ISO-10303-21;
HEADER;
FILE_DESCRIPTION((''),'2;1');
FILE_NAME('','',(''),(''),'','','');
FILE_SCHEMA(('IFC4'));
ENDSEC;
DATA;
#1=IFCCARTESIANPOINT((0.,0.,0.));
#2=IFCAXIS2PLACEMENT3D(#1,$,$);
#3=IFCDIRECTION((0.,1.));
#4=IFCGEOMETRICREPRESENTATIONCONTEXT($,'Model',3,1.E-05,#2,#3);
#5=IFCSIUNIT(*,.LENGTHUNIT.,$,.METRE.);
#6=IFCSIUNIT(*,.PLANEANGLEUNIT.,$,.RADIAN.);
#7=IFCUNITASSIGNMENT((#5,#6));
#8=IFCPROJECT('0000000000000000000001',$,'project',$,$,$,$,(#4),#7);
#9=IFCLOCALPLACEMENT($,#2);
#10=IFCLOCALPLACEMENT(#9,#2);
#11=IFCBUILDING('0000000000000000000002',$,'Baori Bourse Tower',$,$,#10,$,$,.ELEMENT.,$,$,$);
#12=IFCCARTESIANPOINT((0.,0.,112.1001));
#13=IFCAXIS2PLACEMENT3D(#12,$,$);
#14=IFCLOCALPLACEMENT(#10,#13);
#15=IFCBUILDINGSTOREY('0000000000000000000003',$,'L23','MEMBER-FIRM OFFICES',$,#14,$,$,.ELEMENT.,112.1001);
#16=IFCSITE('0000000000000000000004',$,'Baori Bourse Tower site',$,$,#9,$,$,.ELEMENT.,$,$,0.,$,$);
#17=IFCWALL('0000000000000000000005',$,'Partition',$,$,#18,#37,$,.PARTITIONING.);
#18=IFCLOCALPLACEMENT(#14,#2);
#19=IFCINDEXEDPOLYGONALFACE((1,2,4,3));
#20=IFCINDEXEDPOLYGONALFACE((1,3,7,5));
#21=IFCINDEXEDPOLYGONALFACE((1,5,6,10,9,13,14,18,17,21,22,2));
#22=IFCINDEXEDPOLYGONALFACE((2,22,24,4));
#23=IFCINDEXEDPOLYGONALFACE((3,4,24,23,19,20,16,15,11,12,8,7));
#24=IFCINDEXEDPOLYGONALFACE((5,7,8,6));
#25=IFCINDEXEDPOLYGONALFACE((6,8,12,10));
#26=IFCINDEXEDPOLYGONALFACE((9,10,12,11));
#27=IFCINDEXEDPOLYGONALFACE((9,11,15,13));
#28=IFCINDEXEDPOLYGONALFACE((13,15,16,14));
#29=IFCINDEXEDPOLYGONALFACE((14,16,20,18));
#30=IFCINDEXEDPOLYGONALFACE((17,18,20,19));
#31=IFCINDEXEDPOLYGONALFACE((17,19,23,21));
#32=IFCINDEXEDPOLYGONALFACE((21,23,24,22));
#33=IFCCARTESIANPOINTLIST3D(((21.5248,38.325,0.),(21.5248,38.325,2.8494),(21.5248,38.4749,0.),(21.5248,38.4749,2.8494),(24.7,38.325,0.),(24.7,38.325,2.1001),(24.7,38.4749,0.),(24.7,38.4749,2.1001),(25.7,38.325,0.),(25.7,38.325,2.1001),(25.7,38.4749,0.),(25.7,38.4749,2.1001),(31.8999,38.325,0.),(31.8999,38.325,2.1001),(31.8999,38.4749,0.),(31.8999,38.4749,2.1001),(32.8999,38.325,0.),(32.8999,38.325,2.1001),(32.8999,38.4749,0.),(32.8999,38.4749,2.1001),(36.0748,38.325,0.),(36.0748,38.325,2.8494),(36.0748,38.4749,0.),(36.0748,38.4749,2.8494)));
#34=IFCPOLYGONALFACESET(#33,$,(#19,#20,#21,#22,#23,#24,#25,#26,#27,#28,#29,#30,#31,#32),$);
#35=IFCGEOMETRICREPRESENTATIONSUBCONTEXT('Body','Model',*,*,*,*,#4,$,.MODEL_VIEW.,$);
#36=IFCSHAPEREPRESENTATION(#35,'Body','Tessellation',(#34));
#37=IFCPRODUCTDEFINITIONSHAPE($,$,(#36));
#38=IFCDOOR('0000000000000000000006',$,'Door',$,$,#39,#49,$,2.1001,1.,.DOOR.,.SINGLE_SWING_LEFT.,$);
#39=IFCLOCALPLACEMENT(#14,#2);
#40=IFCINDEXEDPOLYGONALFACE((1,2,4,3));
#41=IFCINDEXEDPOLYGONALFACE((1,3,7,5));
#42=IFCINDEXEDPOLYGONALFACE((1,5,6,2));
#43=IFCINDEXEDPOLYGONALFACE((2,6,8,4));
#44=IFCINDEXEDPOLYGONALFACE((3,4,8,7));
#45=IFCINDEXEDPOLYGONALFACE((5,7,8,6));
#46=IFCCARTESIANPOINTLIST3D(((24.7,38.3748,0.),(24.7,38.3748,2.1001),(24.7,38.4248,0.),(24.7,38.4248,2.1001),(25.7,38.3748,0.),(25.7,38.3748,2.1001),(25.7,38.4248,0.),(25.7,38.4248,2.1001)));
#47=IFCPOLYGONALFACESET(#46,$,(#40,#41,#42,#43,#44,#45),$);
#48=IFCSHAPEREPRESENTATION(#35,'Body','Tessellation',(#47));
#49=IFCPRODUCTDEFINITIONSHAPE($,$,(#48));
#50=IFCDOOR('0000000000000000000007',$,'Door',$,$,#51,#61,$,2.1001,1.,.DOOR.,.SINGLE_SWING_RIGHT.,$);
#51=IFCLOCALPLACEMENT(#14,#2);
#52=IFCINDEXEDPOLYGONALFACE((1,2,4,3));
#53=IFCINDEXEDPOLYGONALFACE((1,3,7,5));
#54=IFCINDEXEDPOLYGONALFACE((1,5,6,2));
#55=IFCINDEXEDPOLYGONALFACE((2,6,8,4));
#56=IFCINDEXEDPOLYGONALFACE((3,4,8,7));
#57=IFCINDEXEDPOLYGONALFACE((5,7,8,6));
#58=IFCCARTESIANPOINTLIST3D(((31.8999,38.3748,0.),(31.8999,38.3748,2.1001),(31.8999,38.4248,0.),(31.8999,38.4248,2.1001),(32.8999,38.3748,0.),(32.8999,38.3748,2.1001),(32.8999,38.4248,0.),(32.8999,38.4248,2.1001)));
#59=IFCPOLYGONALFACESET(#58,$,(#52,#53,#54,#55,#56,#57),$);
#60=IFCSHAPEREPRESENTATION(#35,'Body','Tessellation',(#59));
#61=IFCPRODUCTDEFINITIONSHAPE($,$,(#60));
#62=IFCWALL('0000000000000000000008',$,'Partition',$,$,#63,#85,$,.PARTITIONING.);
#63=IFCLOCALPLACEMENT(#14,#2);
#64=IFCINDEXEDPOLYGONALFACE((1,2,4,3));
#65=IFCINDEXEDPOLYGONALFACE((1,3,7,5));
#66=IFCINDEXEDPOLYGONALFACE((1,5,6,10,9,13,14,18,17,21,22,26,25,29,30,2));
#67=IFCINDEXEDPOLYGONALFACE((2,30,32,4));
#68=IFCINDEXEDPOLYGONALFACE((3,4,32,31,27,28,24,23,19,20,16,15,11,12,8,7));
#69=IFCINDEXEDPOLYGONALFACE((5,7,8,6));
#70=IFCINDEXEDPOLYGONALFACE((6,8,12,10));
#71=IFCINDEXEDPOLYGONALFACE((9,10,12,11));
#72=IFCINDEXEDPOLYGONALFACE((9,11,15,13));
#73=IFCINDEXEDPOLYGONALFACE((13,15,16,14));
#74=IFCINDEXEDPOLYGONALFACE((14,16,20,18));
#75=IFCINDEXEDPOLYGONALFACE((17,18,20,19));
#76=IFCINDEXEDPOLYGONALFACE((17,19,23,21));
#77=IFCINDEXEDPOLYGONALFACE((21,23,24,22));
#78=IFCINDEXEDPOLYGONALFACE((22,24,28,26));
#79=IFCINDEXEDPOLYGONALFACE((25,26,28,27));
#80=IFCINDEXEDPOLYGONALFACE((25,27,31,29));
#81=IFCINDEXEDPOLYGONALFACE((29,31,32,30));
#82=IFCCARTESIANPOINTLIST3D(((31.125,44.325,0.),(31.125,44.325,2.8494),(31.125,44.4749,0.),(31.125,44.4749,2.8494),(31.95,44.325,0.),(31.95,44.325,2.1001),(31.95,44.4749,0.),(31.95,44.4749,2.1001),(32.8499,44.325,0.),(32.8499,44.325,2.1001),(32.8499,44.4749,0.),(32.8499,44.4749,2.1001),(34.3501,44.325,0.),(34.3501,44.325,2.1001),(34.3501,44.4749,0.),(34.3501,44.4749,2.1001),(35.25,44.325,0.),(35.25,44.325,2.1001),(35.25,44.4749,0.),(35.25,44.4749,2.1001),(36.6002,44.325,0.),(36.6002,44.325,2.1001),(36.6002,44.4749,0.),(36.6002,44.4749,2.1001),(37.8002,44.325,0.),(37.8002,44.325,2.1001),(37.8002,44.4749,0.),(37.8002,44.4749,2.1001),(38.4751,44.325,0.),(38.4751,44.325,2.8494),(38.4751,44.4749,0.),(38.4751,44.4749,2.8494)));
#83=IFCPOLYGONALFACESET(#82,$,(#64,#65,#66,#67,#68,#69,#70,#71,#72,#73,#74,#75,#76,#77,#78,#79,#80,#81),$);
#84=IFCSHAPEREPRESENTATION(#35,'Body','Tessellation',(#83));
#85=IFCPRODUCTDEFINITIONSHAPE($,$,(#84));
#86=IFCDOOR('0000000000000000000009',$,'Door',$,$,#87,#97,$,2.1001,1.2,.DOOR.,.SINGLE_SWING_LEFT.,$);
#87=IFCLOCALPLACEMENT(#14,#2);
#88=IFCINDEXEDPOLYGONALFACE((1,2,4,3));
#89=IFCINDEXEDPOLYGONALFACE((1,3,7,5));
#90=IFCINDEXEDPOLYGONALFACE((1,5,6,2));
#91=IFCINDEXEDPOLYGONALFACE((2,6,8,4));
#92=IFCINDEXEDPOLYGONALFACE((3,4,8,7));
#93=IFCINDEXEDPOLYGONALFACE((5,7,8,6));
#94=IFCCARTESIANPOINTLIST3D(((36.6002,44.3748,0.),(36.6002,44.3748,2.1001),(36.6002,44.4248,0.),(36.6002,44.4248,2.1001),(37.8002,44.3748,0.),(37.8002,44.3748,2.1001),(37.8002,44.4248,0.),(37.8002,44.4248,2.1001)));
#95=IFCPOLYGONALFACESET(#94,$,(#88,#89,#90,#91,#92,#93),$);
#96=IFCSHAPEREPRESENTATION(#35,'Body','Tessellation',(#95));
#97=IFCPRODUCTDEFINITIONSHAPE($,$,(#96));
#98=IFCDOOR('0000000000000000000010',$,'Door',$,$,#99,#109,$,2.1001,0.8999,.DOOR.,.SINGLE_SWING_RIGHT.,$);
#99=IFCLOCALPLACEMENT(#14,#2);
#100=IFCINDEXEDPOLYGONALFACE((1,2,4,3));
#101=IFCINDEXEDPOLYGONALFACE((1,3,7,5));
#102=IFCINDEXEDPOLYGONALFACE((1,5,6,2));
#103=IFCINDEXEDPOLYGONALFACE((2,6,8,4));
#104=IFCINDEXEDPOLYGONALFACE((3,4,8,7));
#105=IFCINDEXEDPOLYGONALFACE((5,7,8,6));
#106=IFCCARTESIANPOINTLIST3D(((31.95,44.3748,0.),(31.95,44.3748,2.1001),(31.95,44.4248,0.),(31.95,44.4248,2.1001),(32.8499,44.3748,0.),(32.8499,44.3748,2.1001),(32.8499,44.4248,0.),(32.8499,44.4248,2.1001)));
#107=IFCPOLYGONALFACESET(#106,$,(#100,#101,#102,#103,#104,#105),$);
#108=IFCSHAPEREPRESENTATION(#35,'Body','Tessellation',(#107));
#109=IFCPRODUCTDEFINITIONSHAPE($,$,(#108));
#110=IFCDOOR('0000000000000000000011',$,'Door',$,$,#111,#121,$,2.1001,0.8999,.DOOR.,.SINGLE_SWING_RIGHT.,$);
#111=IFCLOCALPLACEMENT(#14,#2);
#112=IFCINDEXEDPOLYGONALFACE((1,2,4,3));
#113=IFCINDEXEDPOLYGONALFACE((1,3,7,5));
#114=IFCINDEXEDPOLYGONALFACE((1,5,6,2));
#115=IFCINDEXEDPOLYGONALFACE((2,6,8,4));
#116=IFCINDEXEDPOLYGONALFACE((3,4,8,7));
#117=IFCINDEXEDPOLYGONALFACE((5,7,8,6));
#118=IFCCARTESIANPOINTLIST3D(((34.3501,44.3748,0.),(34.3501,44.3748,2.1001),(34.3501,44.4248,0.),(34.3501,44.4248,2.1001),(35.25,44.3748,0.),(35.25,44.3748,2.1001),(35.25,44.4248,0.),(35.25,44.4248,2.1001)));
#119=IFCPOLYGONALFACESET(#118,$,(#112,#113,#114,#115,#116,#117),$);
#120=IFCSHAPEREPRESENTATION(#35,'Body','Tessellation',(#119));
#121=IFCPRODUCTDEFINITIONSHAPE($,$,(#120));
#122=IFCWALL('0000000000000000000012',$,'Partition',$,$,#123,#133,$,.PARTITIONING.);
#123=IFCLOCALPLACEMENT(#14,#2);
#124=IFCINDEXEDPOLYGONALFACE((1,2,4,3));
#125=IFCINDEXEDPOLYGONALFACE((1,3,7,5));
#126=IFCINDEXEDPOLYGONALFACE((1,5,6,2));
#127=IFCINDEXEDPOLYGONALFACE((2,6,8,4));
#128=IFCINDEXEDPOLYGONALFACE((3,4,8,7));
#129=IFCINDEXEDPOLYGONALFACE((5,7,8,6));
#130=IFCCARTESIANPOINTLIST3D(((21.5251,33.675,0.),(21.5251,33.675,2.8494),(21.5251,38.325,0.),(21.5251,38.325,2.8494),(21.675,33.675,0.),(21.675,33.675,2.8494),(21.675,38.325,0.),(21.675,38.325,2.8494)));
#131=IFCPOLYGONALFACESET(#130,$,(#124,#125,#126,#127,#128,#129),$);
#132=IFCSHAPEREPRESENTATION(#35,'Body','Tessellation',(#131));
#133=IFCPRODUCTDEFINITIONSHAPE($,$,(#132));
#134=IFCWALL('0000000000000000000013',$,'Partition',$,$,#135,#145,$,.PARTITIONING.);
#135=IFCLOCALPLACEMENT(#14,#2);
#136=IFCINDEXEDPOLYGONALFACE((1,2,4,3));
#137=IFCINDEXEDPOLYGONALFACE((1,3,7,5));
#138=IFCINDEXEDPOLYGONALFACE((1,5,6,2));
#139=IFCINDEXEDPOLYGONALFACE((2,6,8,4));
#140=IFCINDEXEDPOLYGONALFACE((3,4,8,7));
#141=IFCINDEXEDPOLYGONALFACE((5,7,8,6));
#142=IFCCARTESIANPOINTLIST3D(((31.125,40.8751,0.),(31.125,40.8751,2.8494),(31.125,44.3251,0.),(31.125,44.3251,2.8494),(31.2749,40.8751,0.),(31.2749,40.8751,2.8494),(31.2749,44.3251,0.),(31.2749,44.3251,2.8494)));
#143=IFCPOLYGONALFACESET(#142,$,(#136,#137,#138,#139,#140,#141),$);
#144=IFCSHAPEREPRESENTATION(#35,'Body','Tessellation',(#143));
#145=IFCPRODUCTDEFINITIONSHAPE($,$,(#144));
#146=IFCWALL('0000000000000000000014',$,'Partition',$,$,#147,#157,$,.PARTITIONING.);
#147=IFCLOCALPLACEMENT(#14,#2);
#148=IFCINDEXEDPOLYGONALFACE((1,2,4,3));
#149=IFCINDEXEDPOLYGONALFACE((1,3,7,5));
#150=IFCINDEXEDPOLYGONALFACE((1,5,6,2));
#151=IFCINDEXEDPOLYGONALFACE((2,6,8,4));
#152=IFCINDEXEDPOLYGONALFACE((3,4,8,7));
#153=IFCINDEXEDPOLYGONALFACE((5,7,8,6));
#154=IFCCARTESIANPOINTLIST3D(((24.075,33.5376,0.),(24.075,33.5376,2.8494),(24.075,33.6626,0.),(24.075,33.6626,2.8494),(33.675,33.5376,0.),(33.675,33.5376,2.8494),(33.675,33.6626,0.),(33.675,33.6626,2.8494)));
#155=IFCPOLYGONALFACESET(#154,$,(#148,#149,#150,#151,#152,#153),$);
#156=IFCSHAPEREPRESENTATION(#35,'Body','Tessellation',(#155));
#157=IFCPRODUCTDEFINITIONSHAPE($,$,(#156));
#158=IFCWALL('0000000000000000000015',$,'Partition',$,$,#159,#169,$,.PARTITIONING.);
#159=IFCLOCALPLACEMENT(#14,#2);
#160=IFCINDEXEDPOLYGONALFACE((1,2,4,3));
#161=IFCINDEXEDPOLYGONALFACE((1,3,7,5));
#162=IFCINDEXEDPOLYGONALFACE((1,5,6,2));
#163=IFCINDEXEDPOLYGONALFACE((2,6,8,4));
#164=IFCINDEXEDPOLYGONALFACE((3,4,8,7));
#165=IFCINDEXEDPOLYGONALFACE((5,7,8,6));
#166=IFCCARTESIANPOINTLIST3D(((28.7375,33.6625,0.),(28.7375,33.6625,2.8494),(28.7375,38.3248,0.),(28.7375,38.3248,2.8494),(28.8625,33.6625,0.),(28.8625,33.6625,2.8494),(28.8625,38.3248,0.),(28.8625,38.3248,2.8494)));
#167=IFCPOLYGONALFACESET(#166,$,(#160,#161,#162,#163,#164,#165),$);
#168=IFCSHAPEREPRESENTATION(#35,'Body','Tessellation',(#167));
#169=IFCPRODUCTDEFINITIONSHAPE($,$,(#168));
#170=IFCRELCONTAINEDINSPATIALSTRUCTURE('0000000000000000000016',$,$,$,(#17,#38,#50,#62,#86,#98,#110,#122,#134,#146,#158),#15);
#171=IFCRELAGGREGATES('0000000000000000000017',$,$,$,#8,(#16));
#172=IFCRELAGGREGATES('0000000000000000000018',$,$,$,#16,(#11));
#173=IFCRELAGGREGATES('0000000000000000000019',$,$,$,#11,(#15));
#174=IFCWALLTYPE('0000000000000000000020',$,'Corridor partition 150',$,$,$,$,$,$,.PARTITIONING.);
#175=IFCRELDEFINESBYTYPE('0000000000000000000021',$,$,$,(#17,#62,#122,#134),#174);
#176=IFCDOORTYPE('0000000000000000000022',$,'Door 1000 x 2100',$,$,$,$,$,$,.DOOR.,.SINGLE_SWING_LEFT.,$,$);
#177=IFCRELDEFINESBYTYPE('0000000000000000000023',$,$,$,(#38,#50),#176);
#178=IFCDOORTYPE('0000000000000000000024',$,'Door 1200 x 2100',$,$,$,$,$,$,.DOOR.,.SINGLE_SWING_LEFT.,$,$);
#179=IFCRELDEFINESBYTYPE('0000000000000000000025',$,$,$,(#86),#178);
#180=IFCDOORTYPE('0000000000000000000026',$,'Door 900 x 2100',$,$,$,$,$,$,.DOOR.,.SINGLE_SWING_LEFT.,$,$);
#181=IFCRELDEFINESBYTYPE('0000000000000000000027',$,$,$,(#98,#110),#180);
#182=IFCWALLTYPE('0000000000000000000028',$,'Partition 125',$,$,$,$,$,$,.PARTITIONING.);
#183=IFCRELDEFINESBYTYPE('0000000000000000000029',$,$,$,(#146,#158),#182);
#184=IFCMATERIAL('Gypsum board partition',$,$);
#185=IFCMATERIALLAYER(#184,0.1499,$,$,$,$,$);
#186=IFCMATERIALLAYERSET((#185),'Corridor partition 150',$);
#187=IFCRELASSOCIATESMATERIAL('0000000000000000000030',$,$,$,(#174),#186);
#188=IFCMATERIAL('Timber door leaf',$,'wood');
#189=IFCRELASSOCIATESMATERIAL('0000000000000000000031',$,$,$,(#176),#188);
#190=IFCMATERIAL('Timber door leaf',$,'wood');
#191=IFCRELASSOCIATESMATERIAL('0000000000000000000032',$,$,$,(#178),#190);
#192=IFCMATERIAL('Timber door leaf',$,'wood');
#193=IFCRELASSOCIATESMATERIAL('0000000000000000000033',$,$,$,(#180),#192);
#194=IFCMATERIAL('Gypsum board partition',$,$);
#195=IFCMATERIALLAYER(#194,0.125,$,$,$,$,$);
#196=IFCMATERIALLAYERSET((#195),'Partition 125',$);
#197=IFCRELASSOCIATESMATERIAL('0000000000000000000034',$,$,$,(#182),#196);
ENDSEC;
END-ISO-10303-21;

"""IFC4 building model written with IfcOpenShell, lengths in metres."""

from ifc_helpers import new_model, si_unit, direction, frame, frame_2d, origin, place, context, subcontext, project, spatial, rectangle, extrude, material, layer, layer_set, type_object, element, fill, save


model = new_model("IFC4")

# Units and contexts
model_context = context("Model", 3, precision=1e-05, world=origin(), true_north=direction((0.0, 1.0)))
body_context = subcontext(model_context, "Body", "Model", "MODEL_VIEW")
ifc_project = project(units=[si_unit("LENGTHUNIT", "METRE"), si_unit("PLANEANGLEUNIT", "RADIAN")], contexts=[model_context])

# Site, building, storey
site_placement = place(None, origin())
site = spatial("IfcSite", under=ifc_project, at=site_placement, Name="Baori Bourse Tower site", CompositionType="ELEMENT", RefElevation=0.0)
building_placement = place(site_placement, origin())
building = spatial("IfcBuilding", under=site, at=building_placement, Name="Baori Bourse Tower", CompositionType="ELEMENT")
storey_placement = place(building_placement, frame((0.0, 0.0, 112.1001)))
storey = spatial("IfcBuildingStorey", under=building, at=storey_placement, Name="L23", Description="MEMBER-FIRM OFFICES", CompositionType="ELEMENT", Elevation=112.1001)

# Shared definitions
ifc_material_1 = material(Name="Gypsum board partition")
ifc_layer_1 = layer(ifc_material_1, 0.1499)
ifc_layer_set_1 = layer_set([ifc_layer_1], Name="Corridor partition 150")
wall_type_1 = type_object("IfcWallType", Name="Corridor partition 150", PredefinedType="PARTITIONING", material=ifc_layer_set_1)

# Walls, openings, doors
wall_1_placement = place(storey_placement, frame((21.5249, 38.3999, 0.0), z_axis=(0.0, 0.0, 1.0), x_axis=(1.0, 0.0, 0.0)))
wall_1 = element("IfcWall", 1, at=wall_1_placement, inside=storey, type_object=wall_type_1, Name="Partition", PredefinedType="PARTITIONING", context=body_context, shape_type="SweptSolid", body=[
    extrude(rectangle(XDim=14.55, YDim=0.1499, at=frame_2d((7.2749, 0.0))), origin(), (0.0, 0.0, 1.0), 2.8494),
])
opening_1_placement = place(wall_1_placement, frame((3.175, 0.0, 0.0)))
opening_1 = element("IfcOpeningElement", 2, at=opening_1_placement, cuts=wall_1, PredefinedType="OPENING", context=body_context, shape_type="SweptSolid", body=[
    extrude(rectangle(XDim=1.0, YDim=2.1001, at=frame_2d((0.5, 1.05))), frame((0.0, 0.085, 0.0), z_axis=(0.0, -1.0, 0.0), x_axis=(1.0, 0.0, 0.0)), (0.0, 0.0, 1.0), 0.1699),
])
opening_2_placement = place(wall_1_placement, frame((10.375, 0.0, 0.0)))
opening_2 = element("IfcOpeningElement", 3, at=opening_2_placement, cuts=wall_1, PredefinedType="OPENING", context=body_context, shape_type="SweptSolid", body=[
    extrude(rectangle(XDim=1.0, YDim=2.1001, at=frame_2d((0.5, 1.05))), frame((0.0, 0.085, 0.0), z_axis=(0.0, -1.0, 0.0), x_axis=(1.0, 0.0, 0.0)), (0.0, 0.0, 1.0), 0.1699),
])
ifc_material_2 = material(Name="Timber door leaf", Category="wood")
door_type_1 = type_object("IfcDoorType", Name="Door 1000 x 2100", OperationType="SINGLE_SWING_LEFT", PredefinedType="DOOR", material=ifc_material_2)
door_1_placement = place(opening_1_placement, origin())
door_1 = element("IfcDoor", 4, at=door_1_placement, inside=storey, type_object=door_type_1, Name="Door", OperationType="SINGLE_SWING_LEFT", OverallHeight=2.1001, OverallWidth=1.0, PredefinedType="DOOR", context=body_context, shape_type="SweptSolid", body=[
    extrude(rectangle(XDim=1.0, YDim=2.1001, at=frame_2d((0.5, 1.05))), frame((0.0, 0.0249, 0.0), z_axis=(0.0, -1.0, 0.0), x_axis=(1.0, 0.0, 0.0)), (0.0, 0.0, 1.0), 0.05),
])
fill(opening_1, door_1)
door_2_placement = place(opening_2_placement, origin())
door_2 = element("IfcDoor", 5, at=door_2_placement, inside=storey, type_object=door_type_1, Name="Door", OperationType="SINGLE_SWING_RIGHT", OverallHeight=2.1001, OverallWidth=1.0, PredefinedType="DOOR", context=body_context, shape_type="SweptSolid", body=[
    extrude(rectangle(XDim=1.0, YDim=2.1001, at=frame_2d((0.5, 1.05))), frame((0.0, 0.0249, 0.0), z_axis=(0.0, -1.0, 0.0), x_axis=(1.0, 0.0, 0.0)), (0.0, 0.0, 1.0), 0.05),
])
fill(opening_2, door_2)
wall_2_placement = place(storey_placement, frame((31.125, 44.3999, 0.0), z_axis=(0.0, 0.0, 1.0), x_axis=(1.0, 0.0, 0.0)))
wall_2 = element("IfcWall", 6, at=wall_2_placement, inside=storey, type_object=wall_type_1, Name="Partition", PredefinedType="PARTITIONING", context=body_context, shape_type="SweptSolid", body=[
    extrude(rectangle(XDim=7.3501, YDim=0.1499, at=frame_2d((3.675, 0.0))), origin(), (0.0, 0.0, 1.0), 2.8494),
])
opening_3_placement = place(wall_2_placement, frame((0.825, 0.0, 0.0)))
opening_3 = element("IfcOpeningElement", 7, at=opening_3_placement, cuts=wall_2, PredefinedType="OPENING", context=body_context, shape_type="SweptSolid", body=[
    extrude(rectangle(XDim=0.8999, YDim=2.1001, at=frame_2d((0.45, 1.05))), frame((0.0, 0.085, 0.0), z_axis=(0.0, -1.0, 0.0), x_axis=(1.0, 0.0, 0.0)), (0.0, 0.0, 1.0), 0.1699),
])
opening_4_placement = place(wall_2_placement, frame((3.2251, 0.0, 0.0)))
opening_4 = element("IfcOpeningElement", 8, at=opening_4_placement, cuts=wall_2, PredefinedType="OPENING", context=body_context, shape_type="SweptSolid", body=[
    extrude(rectangle(XDim=0.8999, YDim=2.1001, at=frame_2d((0.45, 1.05))), frame((0.0, 0.085, 0.0), z_axis=(0.0, -1.0, 0.0), x_axis=(1.0, 0.0, 0.0)), (0.0, 0.0, 1.0), 0.1699),
])
opening_5_placement = place(wall_2_placement, frame((5.4751, 0.0, 0.0)))
opening_5 = element("IfcOpeningElement", 9, at=opening_5_placement, cuts=wall_2, PredefinedType="OPENING", context=body_context, shape_type="SweptSolid", body=[
    extrude(rectangle(XDim=1.2, YDim=2.1001, at=frame_2d((0.6001, 1.05))), frame((0.0, 0.085, 0.0), z_axis=(0.0, -1.0, 0.0), x_axis=(1.0, 0.0, 0.0)), (0.0, 0.0, 1.0), 0.1699),
])
ifc_material_3 = material(Name="Timber door leaf", Category="wood")
door_type_2 = type_object("IfcDoorType", Name="Door 1200 x 2100", OperationType="SINGLE_SWING_LEFT", PredefinedType="DOOR", material=ifc_material_3)
door_3_placement = place(opening_5_placement, origin())
door_3 = element("IfcDoor", 10, at=door_3_placement, inside=storey, type_object=door_type_2, Name="Door", OperationType="SINGLE_SWING_LEFT", OverallHeight=2.1001, OverallWidth=1.2, PredefinedType="DOOR", context=body_context, shape_type="SweptSolid", body=[
    extrude(rectangle(XDim=1.2, YDim=2.1001, at=frame_2d((0.6001, 1.05))), frame((0.0, 0.0249, 0.0), z_axis=(0.0, -1.0, 0.0), x_axis=(1.0, 0.0, 0.0)), (0.0, 0.0, 1.0), 0.05),
])
fill(opening_5, door_3)
ifc_material_4 = material(Name="Timber door leaf", Category="wood")
door_type_3 = type_object("IfcDoorType", Name="Door 900 x 2100", OperationType="SINGLE_SWING_LEFT", PredefinedType="DOOR", material=ifc_material_4)
door_4_placement = place(opening_3_placement, origin())
door_4 = element("IfcDoor", 11, at=door_4_placement, inside=storey, type_object=door_type_3, Name="Door", OperationType="SINGLE_SWING_RIGHT", OverallHeight=2.1001, OverallWidth=0.8999, PredefinedType="DOOR", context=body_context, shape_type="SweptSolid", body=[
    extrude(rectangle(XDim=0.8999, YDim=2.1001, at=frame_2d((0.45, 1.05))), frame((0.0, 0.0249, 0.0), z_axis=(0.0, -1.0, 0.0), x_axis=(1.0, 0.0, 0.0)), (0.0, 0.0, 1.0), 0.05),
])
fill(opening_3, door_4)
door_5_placement = place(opening_4_placement, origin())
door_5 = element("IfcDoor", 12, at=door_5_placement, inside=storey, type_object=door_type_3, Name="Door", OperationType="SINGLE_SWING_RIGHT", OverallHeight=2.1001, OverallWidth=0.8999, PredefinedType="DOOR", context=body_context, shape_type="SweptSolid", body=[
    extrude(rectangle(XDim=0.8999, YDim=2.1001, at=frame_2d((0.45, 1.05))), frame((0.0, 0.0249, 0.0), z_axis=(0.0, -1.0, 0.0), x_axis=(1.0, 0.0, 0.0)), (0.0, 0.0, 1.0), 0.05),
])
fill(opening_4, door_5)

# Walls
wall_3_placement = place(storey_placement, frame((21.6001, 33.675, 0.0), z_axis=(0.0, 0.0, 1.0), x_axis=(0.0, 1.0, 0.0)))
element("IfcWall", 13, at=wall_3_placement, inside=storey, type_object=wall_type_1, Name="Partition", PredefinedType="PARTITIONING", context=body_context, shape_type="SweptSolid", body=[
    extrude(rectangle(XDim=4.6499, YDim=0.1499, at=frame_2d((2.325, 0.0))), origin(), (0.0, 0.0, 1.0), 2.8494),
])
wall_4_placement = place(storey_placement, frame((31.2, 40.875, 0.0), z_axis=(0.0, 0.0, 1.0), x_axis=(0.0, 1.0, 0.0)))
element("IfcWall", 14, at=wall_4_placement, inside=storey, type_object=wall_type_1, Name="Partition", PredefinedType="PARTITIONING", context=body_context, shape_type="SweptSolid", body=[
    extrude(rectangle(XDim=3.45, YDim=0.1499, at=frame_2d((1.7251, 0.0))), origin(), (0.0, 0.0, 1.0), 2.8494),
])
ifc_material_5 = material(Name="Gypsum board partition")
ifc_layer_2 = layer(ifc_material_5, 0.125)
ifc_layer_set_2 = layer_set([ifc_layer_2], Name="Partition 125")
wall_type_2 = type_object("IfcWallType", Name="Partition 125", PredefinedType="PARTITIONING", material=ifc_layer_set_2)
wall_5_placement = place(storey_placement, frame((24.075, 33.6001, 0.0), z_axis=(0.0, 0.0, 1.0), x_axis=(1.0, 0.0, 0.0)))
element("IfcWall", 15, at=wall_5_placement, inside=storey, type_object=wall_type_2, Name="Partition", PredefinedType="PARTITIONING", context=body_context, shape_type="SweptSolid", body=[
    extrude(rectangle(XDim=9.6001, YDim=0.125, at=frame_2d((4.8, 0.0))), origin(), (0.0, 0.0, 1.0), 2.8494),
])
wall_6_placement = place(storey_placement, frame((28.8, 33.6626, 0.0), z_axis=(0.0, 0.0, 1.0), x_axis=(0.0, 1.0, 0.0)))
element("IfcWall", 16, at=wall_6_placement, inside=storey, type_object=wall_type_2, Name="Partition", PredefinedType="PARTITIONING", context=body_context, shape_type="SweptSolid", body=[
    extrude(rectangle(XDim=4.6624, YDim=0.125, at=frame_2d((2.3311, 0.0))), origin(), (0.0, 0.0, 1.0), 2.8494),
])

save(model, "model.ifc")
